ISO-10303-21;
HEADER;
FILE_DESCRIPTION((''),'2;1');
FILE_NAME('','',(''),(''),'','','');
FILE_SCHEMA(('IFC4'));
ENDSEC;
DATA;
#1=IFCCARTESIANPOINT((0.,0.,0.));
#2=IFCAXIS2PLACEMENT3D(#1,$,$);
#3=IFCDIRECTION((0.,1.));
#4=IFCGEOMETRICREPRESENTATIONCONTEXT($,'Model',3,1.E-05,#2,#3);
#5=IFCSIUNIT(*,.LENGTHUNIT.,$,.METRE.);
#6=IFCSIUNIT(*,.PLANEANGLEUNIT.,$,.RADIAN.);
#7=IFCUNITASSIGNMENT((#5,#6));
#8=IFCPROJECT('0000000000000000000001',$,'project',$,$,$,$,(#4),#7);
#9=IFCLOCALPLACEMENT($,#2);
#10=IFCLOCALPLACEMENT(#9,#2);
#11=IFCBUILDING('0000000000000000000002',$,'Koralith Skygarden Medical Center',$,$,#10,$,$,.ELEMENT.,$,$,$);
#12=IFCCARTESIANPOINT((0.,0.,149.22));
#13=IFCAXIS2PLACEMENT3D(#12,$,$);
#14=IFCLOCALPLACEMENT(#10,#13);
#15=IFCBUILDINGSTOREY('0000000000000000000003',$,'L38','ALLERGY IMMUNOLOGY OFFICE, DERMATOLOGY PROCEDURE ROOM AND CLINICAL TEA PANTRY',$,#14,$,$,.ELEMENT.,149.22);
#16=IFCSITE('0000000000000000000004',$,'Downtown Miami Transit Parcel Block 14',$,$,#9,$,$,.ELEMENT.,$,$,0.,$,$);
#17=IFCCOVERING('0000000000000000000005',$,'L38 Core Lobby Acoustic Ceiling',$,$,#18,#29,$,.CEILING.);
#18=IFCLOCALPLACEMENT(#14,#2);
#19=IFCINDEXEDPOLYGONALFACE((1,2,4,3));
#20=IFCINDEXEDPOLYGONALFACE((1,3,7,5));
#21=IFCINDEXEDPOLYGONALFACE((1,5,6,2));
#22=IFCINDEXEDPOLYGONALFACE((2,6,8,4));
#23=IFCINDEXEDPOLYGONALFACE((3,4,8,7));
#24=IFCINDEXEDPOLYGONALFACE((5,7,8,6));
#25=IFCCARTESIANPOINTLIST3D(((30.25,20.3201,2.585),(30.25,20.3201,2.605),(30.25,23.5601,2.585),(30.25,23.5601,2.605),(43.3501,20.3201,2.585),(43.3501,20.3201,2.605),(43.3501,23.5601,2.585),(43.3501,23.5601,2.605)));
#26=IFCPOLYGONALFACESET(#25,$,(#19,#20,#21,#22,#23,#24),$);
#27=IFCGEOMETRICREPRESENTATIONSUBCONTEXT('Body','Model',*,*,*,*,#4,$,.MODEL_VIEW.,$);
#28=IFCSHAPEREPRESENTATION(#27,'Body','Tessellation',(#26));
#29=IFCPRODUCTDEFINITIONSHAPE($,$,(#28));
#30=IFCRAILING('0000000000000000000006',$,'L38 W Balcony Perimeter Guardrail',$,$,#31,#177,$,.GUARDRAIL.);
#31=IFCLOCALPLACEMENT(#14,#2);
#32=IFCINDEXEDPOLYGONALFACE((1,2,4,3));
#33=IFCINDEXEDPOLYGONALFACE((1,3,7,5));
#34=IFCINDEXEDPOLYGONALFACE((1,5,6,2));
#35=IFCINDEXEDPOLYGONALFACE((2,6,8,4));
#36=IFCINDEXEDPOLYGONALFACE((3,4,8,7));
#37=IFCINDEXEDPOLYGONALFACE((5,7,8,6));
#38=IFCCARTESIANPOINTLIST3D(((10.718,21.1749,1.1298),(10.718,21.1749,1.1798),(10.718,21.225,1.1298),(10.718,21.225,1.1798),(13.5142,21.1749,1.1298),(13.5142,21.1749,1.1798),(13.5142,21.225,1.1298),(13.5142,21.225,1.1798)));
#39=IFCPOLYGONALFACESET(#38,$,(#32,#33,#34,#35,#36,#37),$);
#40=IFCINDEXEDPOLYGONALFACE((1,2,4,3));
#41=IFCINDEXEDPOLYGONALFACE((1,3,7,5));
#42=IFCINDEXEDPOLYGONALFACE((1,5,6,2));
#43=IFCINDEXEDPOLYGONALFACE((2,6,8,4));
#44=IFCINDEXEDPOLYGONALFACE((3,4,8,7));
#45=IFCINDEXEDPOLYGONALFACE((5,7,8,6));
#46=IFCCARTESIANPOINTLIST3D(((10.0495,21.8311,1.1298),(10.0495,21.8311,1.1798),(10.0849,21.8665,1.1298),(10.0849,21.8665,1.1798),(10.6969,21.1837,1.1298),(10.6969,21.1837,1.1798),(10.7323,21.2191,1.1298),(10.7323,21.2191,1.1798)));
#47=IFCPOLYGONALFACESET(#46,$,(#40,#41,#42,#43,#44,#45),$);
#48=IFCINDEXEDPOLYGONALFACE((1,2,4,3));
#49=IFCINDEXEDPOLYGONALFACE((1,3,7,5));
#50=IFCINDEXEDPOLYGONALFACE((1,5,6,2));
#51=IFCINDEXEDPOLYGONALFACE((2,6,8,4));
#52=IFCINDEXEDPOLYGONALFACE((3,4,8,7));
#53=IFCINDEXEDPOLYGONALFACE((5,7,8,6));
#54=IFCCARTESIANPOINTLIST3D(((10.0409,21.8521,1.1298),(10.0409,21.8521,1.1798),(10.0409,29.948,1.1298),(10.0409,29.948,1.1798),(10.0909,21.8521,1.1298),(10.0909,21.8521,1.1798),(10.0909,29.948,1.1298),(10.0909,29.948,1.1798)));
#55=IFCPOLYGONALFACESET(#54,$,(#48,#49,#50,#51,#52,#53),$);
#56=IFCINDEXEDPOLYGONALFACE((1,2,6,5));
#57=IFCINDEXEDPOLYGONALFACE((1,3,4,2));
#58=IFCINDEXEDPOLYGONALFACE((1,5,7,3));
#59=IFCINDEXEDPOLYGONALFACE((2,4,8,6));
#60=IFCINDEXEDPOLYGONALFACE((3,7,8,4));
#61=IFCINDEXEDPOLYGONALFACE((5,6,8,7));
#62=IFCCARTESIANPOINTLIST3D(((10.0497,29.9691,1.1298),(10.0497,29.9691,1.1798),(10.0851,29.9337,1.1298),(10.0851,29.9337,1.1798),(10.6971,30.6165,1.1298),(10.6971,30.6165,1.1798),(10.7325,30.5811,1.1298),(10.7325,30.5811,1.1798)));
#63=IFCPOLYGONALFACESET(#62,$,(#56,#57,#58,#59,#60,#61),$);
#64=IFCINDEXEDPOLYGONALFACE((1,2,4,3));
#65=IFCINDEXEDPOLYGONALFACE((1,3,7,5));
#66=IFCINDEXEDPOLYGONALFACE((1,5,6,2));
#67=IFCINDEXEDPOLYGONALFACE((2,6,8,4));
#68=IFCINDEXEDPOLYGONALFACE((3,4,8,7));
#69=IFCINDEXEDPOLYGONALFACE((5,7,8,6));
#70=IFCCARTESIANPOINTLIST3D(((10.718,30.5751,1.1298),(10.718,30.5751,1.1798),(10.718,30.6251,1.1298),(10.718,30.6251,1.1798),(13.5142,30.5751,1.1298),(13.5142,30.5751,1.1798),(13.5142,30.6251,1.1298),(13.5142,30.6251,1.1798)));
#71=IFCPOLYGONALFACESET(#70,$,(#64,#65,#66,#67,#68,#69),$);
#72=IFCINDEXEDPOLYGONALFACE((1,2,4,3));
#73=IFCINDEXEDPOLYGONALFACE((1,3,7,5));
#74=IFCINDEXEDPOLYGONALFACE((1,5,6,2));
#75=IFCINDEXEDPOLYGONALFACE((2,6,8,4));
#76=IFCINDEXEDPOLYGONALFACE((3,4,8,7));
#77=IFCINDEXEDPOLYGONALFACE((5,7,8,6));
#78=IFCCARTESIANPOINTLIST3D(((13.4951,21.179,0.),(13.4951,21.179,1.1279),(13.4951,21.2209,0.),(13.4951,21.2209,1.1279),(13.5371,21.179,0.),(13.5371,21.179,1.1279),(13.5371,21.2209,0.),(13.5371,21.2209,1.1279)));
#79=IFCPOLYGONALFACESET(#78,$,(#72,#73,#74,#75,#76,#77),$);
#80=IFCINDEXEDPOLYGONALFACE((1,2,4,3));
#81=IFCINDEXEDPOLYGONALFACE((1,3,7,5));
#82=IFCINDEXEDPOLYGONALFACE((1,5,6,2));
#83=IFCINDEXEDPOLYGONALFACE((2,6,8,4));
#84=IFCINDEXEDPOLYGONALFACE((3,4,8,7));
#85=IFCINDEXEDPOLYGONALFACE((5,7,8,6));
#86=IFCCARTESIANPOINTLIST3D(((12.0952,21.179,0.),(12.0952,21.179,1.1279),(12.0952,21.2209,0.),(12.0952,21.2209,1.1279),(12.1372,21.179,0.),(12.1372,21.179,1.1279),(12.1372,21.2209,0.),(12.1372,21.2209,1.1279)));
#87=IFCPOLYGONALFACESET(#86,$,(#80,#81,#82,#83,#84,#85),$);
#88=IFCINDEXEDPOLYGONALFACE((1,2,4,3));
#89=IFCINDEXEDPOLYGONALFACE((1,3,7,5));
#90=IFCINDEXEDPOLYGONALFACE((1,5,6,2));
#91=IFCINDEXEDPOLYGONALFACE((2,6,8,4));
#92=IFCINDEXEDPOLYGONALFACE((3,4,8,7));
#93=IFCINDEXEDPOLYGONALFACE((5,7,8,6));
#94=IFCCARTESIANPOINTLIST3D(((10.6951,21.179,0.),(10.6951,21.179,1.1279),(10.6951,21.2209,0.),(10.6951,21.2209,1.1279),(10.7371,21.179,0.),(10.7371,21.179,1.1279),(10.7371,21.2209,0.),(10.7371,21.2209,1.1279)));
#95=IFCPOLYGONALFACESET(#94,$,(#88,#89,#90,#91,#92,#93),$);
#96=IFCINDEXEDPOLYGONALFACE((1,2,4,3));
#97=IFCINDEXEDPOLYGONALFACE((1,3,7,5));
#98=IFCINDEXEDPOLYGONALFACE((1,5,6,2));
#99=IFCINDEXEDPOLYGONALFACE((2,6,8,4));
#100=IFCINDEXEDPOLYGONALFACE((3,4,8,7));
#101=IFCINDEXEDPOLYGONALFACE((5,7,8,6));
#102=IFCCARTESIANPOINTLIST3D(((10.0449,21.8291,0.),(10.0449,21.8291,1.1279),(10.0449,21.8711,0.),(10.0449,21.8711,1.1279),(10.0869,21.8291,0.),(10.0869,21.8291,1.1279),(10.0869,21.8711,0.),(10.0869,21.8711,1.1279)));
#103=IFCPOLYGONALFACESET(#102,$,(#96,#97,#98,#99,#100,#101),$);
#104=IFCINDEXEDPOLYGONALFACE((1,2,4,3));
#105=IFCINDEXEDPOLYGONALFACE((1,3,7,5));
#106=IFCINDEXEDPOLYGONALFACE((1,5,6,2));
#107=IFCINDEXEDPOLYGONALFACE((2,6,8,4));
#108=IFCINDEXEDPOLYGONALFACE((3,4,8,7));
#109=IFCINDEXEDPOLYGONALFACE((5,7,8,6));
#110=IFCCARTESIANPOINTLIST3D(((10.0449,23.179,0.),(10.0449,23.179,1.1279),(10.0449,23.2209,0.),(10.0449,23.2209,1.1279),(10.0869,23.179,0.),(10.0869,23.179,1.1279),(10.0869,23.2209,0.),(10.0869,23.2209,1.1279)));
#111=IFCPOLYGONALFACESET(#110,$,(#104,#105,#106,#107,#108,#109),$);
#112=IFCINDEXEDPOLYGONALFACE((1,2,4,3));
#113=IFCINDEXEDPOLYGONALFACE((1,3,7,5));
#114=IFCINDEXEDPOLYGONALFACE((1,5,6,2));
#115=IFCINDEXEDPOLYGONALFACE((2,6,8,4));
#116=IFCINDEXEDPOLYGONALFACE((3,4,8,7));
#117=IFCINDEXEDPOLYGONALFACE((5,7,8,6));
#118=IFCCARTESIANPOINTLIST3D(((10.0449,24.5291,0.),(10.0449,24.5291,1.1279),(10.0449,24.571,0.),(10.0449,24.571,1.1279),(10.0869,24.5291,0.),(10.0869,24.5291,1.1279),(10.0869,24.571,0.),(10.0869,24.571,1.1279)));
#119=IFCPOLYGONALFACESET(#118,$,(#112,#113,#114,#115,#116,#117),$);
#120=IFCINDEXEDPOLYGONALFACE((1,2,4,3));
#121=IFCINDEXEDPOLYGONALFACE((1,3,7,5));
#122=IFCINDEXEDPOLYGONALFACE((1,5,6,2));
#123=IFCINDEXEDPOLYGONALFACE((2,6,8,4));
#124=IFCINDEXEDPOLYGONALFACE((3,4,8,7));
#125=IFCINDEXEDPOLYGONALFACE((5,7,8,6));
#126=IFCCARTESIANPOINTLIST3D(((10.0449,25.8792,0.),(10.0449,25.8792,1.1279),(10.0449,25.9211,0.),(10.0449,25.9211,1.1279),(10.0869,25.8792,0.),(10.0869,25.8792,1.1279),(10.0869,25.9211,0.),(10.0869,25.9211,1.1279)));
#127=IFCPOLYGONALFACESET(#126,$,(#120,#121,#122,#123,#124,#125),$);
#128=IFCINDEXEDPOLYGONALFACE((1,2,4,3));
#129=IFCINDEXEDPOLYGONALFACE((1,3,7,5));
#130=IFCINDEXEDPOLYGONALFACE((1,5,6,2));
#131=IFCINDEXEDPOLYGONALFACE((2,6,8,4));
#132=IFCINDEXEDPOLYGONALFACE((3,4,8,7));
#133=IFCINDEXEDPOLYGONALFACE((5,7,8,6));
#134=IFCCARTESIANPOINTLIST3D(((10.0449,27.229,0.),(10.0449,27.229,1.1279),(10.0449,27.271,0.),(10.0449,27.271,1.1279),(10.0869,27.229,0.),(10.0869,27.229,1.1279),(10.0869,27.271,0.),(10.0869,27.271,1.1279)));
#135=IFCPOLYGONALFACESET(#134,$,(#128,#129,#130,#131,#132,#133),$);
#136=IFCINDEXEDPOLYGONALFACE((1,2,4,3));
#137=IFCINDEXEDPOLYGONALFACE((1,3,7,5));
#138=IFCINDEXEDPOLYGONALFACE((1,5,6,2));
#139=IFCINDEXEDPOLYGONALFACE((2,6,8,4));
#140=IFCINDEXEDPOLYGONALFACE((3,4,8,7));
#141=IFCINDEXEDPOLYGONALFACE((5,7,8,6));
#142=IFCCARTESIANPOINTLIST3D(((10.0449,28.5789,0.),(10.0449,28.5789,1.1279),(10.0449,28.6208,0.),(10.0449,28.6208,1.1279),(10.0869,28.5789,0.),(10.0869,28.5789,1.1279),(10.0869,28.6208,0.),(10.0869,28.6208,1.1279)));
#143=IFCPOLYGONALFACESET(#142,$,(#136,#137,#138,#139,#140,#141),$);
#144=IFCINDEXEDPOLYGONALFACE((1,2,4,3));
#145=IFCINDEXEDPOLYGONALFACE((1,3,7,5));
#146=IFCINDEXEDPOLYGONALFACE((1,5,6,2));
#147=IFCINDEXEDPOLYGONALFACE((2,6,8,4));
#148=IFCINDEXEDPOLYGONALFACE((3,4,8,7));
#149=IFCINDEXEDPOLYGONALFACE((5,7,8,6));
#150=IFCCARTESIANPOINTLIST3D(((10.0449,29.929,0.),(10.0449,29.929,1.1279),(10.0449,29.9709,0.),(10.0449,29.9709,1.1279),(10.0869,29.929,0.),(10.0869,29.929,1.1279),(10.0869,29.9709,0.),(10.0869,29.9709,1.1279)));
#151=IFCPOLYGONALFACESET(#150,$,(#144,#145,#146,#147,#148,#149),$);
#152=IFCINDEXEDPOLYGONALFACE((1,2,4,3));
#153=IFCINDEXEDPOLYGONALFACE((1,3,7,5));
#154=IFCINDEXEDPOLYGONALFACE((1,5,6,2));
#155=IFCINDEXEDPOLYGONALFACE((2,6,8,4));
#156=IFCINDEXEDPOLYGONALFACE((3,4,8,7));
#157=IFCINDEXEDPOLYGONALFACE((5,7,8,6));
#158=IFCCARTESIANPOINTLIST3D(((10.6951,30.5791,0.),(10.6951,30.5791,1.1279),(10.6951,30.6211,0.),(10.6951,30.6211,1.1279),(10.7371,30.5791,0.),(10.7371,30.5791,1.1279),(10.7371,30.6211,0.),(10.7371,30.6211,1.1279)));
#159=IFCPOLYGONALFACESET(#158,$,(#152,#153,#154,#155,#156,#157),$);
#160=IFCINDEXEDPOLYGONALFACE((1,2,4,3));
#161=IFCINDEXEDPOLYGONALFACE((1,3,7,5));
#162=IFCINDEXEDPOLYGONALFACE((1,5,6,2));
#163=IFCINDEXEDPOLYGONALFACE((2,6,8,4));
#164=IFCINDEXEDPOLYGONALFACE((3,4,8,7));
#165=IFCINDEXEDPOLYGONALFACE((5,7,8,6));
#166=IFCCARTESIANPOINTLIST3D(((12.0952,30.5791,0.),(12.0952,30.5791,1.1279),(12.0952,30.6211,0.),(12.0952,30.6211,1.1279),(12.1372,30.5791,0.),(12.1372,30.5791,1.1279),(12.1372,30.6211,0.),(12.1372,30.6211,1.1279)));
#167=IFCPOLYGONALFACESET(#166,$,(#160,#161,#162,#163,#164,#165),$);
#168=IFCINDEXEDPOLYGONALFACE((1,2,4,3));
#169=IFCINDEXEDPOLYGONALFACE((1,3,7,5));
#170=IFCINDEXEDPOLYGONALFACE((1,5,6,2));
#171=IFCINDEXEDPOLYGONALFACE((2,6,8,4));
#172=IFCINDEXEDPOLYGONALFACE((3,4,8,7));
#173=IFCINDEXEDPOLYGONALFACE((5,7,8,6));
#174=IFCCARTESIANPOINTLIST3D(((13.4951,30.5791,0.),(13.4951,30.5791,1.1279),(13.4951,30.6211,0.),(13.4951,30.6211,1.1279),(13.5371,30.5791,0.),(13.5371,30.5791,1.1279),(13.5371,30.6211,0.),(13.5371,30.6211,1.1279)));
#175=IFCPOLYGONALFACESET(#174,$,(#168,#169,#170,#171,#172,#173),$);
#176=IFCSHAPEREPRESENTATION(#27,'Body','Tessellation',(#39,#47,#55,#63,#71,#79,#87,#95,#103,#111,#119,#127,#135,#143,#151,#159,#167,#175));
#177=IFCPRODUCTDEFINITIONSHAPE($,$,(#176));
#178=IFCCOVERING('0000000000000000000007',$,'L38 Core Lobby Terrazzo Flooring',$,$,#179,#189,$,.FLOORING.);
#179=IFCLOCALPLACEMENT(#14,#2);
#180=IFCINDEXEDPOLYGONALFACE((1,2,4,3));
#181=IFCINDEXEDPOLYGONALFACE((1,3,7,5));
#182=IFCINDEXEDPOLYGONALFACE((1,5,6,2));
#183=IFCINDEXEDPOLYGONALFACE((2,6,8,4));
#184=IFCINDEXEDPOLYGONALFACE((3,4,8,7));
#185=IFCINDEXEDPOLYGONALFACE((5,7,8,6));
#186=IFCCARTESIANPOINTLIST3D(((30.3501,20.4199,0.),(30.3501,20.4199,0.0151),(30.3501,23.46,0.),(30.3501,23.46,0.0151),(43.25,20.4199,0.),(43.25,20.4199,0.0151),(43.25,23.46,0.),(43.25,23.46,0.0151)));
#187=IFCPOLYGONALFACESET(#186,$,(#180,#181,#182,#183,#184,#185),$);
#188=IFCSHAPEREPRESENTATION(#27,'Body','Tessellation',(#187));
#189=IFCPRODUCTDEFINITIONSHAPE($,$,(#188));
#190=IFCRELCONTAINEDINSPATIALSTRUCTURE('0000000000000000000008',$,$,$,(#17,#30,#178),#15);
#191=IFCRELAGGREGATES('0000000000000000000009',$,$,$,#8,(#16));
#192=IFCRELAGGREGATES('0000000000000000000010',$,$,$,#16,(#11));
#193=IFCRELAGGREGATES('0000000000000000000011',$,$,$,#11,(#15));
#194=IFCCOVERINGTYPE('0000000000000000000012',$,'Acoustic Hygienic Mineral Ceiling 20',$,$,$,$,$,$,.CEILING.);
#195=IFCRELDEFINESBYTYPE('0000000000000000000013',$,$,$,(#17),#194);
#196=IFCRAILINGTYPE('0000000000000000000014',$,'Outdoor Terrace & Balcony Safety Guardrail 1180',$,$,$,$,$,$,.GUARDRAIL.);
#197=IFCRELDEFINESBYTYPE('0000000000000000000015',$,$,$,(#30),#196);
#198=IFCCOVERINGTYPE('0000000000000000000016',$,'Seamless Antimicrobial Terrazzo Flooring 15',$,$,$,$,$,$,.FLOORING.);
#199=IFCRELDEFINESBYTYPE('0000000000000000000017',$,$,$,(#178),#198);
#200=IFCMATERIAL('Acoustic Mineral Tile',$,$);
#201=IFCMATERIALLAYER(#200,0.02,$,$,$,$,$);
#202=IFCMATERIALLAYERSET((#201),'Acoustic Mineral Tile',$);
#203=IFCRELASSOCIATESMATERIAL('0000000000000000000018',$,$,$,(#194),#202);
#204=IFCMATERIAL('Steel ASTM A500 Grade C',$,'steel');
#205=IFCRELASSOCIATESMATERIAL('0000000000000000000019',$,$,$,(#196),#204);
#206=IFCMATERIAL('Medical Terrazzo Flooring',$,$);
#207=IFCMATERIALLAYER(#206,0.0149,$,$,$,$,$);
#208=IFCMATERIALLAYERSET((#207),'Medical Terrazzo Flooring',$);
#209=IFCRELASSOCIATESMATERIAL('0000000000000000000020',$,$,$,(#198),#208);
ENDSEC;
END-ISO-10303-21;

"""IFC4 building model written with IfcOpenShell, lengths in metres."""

from ifc_helpers import new_model, si_unit, direction, frame, origin, origin_2d, place, context, subcontext, project, spatial, polyline, rectangle, outline, extrude, material, layer, layer_set, type_object, element, save


model = new_model("IFC4")

# Units and contexts
model_context = context("Model", 3, precision=1e-05, world=origin(), true_north=direction((0.0, 1.0)))
body_context = subcontext(model_context, "Body", "Model", "MODEL_VIEW")
ifc_project = project(units=[si_unit("LENGTHUNIT", "METRE"), si_unit("PLANEANGLEUNIT", "RADIAN")], contexts=[model_context])

# Site, building, storey
site_placement = place(None, origin())
site = spatial("IfcSite", under=ifc_project, at=site_placement, Name="Downtown Miami Transit Parcel Block 14", CompositionType="ELEMENT", RefElevation=0.0)
building_placement = place(site_placement, origin())
building = spatial("IfcBuilding", under=site, at=building_placement, Name="Koralith Skygarden Medical Center", CompositionType="ELEMENT")
storey_placement = place(building_placement, frame((0.0, 0.0, 149.22)))
storey = spatial("IfcBuildingStorey", under=building, at=storey_placement, Name="L38", Description="ALLERGY IMMUNOLOGY OFFICE, DERMATOLOGY PROCEDURE ROOM AND CLINICAL TEA PANTRY", CompositionType="ELEMENT", Elevation=149.22)

# Covering
ifc_material_1 = material(Name="Acoustic Mineral Tile")
ifc_layer_1 = layer(ifc_material_1, 0.02)
ifc_layer_set_1 = layer_set([ifc_layer_1], Name="Acoustic Mineral Tile")
covering_type_1 = type_object("IfcCoveringType", Name="Acoustic Hygienic Mineral Ceiling 20", PredefinedType="CEILING", material=ifc_layer_set_1)
covering_1_placement = place(storey_placement, frame((0.0, 0.0, 2.585)))
element("IfcCovering", 1, at=covering_1_placement, inside=storey, type_object=covering_type_1, Name="L38 Core Lobby Acoustic Ceiling", PredefinedType="CEILING", context=body_context, shape_type="SweptSolid", body=[
    extrude(outline(polyline([(30.25, 20.3201), (43.3501, 20.3201), (43.3501, 23.5601), (30.25, 23.5601), (30.25, 20.3201)])), origin(), (0.0, 0.0, 1.0), 0.02),
])

# Railing
ifc_material_2 = material(Name="Steel ASTM A500 Grade C", Category="steel")
railing_type = type_object("IfcRailingType", Name="Outdoor Terrace & Balcony Safety Guardrail 1180", PredefinedType="GUARDRAIL", material=ifc_material_2)
railing_placement = place(storey_placement, frame((13.5161, 21.2, 0.0)))
element("IfcRailing", 2, at=railing_placement, inside=storey, type_object=railing_type, Name="L38 W Balcony Perimeter Guardrail", PredefinedType="GUARDRAIL", context=body_context, shape_type="SweptSolid", body=[
    extrude(rectangle(XDim=0.05, YDim=0.05, at=origin_2d()), frame((-0.002, 0.0, 1.1548), z_axis=(-1.0, 0.0, 0.0), x_axis=(0.0, -1.0, 0.0)), (0.0, 0.0, 1.0), 2.7961),
    extrude(rectangle(XDim=0.05, YDim=0.05, at=origin_2d()), frame((-2.8015, 0.0015, 1.1548), z_axis=(-0.707107, 0.707107, 0.0), x_axis=(-0.707107, -0.707107, 0.0)), (0.0, 0.0, 1.0), 0.9155),
    extrude(rectangle(XDim=0.05, YDim=0.05, at=origin_2d()), frame((-3.4502, 0.6521, 1.1548), z_axis=(0.0, 1.0, 0.0), x_axis=(-1.0, 0.0, 0.0)), (0.0, 0.0, 1.0), 8.0959),
    extrude(rectangle(XDim=0.05, YDim=0.05, at=origin_2d()), frame((-3.4487, 8.7515, 1.1548), z_axis=(0.707107, 0.707107, 0.0), x_axis=(-0.707107, 0.707107, 0.0)), (0.0, 0.0, 1.0), 0.9155),
    extrude(rectangle(XDim=0.05, YDim=0.05, at=origin_2d()), frame((-2.7981, 9.4001, 1.1548), z_axis=(1.0, 0.0, 0.0), x_axis=(0.0, 1.0, 0.0)), (0.0, 0.0, 1.0), 2.7961),
    extrude(rectangle(XDim=0.042, YDim=0.042, at=origin_2d()), origin(), (0.0, 0.0, 1.0), 1.1279),
    extrude(rectangle(XDim=0.042, YDim=0.042, at=origin_2d()), frame((-1.3999, 0.0, 0.0)), (0.0, 0.0, 1.0), 1.1279),
    extrude(rectangle(XDim=0.042, YDim=0.042, at=origin_2d()), frame((-2.8, 0.0, 0.0)), (0.0, 0.0, 1.0), 1.1279),
    extrude(rectangle(XDim=0.042, YDim=0.042, at=origin_2d()), frame((-3.4502, 0.6501, 0.0)), (0.0, 0.0, 1.0), 1.1279),
    extrude(rectangle(XDim=0.042, YDim=0.042, at=origin_2d()), frame((-3.4502, 2.0, 0.0)), (0.0, 0.0, 1.0), 1.1279),
    extrude(rectangle(XDim=0.042, YDim=0.042, at=origin_2d()), frame((-3.4502, 3.3501, 0.0)), (0.0, 0.0, 1.0), 1.1279),
    extrude(rectangle(XDim=0.042, YDim=0.042, at=origin_2d()), frame((-3.4502, 4.7002, 0.0)), (0.0, 0.0, 1.0), 1.1279),
    extrude(rectangle(XDim=0.042, YDim=0.042, at=origin_2d()), frame((-3.4502, 6.05, 0.0)), (0.0, 0.0, 1.0), 1.1279),
    extrude(rectangle(XDim=0.042, YDim=0.042, at=origin_2d()), frame((-3.4502, 7.3999, 0.0)), (0.0, 0.0, 1.0), 1.1279),
    extrude(rectangle(XDim=0.042, YDim=0.042, at=origin_2d()), frame((-3.4502, 8.75, 0.0)), (0.0, 0.0, 1.0), 1.1279),
    extrude(rectangle(XDim=0.042, YDim=0.042, at=origin_2d()), frame((-2.8, 9.4001, 0.0)), (0.0, 0.0, 1.0), 1.1279),
    extrude(rectangle(XDim=0.042, YDim=0.042, at=origin_2d()), frame((-1.3999, 9.4001, 0.0)), (0.0, 0.0, 1.0), 1.1279),
    extrude(rectangle(XDim=0.042, YDim=0.042, at=origin_2d()), frame((0.0, 9.4001, 0.0)), (0.0, 0.0, 1.0), 1.1279),
])

# Covering
ifc_material_3 = material(Name="Medical Terrazzo Flooring")
ifc_layer_2 = layer(ifc_material_3, 0.0149)
ifc_layer_set_2 = layer_set([ifc_layer_2], Name="Medical Terrazzo Flooring")
covering_type_2 = type_object("IfcCoveringType", Name="Seamless Antimicrobial Terrazzo Flooring 15", PredefinedType="FLOORING", material=ifc_layer_set_2)
covering_2_placement = place(storey_placement, origin())
element("IfcCovering", 3, at=covering_2_placement, inside=storey, type_object=covering_type_2, Name="L38 Core Lobby Terrazzo Flooring", PredefinedType="FLOORING", context=body_context, shape_type="SweptSolid", body=[
    extrude(outline(polyline([(30.3501, 20.4199), (43.25, 20.4199), (43.25, 23.46), (30.3501, 23.46), (30.3501, 20.4199)])), origin(), (0.0, 0.0, 1.0), 0.0151),
])

save(model, "model.ifc")
